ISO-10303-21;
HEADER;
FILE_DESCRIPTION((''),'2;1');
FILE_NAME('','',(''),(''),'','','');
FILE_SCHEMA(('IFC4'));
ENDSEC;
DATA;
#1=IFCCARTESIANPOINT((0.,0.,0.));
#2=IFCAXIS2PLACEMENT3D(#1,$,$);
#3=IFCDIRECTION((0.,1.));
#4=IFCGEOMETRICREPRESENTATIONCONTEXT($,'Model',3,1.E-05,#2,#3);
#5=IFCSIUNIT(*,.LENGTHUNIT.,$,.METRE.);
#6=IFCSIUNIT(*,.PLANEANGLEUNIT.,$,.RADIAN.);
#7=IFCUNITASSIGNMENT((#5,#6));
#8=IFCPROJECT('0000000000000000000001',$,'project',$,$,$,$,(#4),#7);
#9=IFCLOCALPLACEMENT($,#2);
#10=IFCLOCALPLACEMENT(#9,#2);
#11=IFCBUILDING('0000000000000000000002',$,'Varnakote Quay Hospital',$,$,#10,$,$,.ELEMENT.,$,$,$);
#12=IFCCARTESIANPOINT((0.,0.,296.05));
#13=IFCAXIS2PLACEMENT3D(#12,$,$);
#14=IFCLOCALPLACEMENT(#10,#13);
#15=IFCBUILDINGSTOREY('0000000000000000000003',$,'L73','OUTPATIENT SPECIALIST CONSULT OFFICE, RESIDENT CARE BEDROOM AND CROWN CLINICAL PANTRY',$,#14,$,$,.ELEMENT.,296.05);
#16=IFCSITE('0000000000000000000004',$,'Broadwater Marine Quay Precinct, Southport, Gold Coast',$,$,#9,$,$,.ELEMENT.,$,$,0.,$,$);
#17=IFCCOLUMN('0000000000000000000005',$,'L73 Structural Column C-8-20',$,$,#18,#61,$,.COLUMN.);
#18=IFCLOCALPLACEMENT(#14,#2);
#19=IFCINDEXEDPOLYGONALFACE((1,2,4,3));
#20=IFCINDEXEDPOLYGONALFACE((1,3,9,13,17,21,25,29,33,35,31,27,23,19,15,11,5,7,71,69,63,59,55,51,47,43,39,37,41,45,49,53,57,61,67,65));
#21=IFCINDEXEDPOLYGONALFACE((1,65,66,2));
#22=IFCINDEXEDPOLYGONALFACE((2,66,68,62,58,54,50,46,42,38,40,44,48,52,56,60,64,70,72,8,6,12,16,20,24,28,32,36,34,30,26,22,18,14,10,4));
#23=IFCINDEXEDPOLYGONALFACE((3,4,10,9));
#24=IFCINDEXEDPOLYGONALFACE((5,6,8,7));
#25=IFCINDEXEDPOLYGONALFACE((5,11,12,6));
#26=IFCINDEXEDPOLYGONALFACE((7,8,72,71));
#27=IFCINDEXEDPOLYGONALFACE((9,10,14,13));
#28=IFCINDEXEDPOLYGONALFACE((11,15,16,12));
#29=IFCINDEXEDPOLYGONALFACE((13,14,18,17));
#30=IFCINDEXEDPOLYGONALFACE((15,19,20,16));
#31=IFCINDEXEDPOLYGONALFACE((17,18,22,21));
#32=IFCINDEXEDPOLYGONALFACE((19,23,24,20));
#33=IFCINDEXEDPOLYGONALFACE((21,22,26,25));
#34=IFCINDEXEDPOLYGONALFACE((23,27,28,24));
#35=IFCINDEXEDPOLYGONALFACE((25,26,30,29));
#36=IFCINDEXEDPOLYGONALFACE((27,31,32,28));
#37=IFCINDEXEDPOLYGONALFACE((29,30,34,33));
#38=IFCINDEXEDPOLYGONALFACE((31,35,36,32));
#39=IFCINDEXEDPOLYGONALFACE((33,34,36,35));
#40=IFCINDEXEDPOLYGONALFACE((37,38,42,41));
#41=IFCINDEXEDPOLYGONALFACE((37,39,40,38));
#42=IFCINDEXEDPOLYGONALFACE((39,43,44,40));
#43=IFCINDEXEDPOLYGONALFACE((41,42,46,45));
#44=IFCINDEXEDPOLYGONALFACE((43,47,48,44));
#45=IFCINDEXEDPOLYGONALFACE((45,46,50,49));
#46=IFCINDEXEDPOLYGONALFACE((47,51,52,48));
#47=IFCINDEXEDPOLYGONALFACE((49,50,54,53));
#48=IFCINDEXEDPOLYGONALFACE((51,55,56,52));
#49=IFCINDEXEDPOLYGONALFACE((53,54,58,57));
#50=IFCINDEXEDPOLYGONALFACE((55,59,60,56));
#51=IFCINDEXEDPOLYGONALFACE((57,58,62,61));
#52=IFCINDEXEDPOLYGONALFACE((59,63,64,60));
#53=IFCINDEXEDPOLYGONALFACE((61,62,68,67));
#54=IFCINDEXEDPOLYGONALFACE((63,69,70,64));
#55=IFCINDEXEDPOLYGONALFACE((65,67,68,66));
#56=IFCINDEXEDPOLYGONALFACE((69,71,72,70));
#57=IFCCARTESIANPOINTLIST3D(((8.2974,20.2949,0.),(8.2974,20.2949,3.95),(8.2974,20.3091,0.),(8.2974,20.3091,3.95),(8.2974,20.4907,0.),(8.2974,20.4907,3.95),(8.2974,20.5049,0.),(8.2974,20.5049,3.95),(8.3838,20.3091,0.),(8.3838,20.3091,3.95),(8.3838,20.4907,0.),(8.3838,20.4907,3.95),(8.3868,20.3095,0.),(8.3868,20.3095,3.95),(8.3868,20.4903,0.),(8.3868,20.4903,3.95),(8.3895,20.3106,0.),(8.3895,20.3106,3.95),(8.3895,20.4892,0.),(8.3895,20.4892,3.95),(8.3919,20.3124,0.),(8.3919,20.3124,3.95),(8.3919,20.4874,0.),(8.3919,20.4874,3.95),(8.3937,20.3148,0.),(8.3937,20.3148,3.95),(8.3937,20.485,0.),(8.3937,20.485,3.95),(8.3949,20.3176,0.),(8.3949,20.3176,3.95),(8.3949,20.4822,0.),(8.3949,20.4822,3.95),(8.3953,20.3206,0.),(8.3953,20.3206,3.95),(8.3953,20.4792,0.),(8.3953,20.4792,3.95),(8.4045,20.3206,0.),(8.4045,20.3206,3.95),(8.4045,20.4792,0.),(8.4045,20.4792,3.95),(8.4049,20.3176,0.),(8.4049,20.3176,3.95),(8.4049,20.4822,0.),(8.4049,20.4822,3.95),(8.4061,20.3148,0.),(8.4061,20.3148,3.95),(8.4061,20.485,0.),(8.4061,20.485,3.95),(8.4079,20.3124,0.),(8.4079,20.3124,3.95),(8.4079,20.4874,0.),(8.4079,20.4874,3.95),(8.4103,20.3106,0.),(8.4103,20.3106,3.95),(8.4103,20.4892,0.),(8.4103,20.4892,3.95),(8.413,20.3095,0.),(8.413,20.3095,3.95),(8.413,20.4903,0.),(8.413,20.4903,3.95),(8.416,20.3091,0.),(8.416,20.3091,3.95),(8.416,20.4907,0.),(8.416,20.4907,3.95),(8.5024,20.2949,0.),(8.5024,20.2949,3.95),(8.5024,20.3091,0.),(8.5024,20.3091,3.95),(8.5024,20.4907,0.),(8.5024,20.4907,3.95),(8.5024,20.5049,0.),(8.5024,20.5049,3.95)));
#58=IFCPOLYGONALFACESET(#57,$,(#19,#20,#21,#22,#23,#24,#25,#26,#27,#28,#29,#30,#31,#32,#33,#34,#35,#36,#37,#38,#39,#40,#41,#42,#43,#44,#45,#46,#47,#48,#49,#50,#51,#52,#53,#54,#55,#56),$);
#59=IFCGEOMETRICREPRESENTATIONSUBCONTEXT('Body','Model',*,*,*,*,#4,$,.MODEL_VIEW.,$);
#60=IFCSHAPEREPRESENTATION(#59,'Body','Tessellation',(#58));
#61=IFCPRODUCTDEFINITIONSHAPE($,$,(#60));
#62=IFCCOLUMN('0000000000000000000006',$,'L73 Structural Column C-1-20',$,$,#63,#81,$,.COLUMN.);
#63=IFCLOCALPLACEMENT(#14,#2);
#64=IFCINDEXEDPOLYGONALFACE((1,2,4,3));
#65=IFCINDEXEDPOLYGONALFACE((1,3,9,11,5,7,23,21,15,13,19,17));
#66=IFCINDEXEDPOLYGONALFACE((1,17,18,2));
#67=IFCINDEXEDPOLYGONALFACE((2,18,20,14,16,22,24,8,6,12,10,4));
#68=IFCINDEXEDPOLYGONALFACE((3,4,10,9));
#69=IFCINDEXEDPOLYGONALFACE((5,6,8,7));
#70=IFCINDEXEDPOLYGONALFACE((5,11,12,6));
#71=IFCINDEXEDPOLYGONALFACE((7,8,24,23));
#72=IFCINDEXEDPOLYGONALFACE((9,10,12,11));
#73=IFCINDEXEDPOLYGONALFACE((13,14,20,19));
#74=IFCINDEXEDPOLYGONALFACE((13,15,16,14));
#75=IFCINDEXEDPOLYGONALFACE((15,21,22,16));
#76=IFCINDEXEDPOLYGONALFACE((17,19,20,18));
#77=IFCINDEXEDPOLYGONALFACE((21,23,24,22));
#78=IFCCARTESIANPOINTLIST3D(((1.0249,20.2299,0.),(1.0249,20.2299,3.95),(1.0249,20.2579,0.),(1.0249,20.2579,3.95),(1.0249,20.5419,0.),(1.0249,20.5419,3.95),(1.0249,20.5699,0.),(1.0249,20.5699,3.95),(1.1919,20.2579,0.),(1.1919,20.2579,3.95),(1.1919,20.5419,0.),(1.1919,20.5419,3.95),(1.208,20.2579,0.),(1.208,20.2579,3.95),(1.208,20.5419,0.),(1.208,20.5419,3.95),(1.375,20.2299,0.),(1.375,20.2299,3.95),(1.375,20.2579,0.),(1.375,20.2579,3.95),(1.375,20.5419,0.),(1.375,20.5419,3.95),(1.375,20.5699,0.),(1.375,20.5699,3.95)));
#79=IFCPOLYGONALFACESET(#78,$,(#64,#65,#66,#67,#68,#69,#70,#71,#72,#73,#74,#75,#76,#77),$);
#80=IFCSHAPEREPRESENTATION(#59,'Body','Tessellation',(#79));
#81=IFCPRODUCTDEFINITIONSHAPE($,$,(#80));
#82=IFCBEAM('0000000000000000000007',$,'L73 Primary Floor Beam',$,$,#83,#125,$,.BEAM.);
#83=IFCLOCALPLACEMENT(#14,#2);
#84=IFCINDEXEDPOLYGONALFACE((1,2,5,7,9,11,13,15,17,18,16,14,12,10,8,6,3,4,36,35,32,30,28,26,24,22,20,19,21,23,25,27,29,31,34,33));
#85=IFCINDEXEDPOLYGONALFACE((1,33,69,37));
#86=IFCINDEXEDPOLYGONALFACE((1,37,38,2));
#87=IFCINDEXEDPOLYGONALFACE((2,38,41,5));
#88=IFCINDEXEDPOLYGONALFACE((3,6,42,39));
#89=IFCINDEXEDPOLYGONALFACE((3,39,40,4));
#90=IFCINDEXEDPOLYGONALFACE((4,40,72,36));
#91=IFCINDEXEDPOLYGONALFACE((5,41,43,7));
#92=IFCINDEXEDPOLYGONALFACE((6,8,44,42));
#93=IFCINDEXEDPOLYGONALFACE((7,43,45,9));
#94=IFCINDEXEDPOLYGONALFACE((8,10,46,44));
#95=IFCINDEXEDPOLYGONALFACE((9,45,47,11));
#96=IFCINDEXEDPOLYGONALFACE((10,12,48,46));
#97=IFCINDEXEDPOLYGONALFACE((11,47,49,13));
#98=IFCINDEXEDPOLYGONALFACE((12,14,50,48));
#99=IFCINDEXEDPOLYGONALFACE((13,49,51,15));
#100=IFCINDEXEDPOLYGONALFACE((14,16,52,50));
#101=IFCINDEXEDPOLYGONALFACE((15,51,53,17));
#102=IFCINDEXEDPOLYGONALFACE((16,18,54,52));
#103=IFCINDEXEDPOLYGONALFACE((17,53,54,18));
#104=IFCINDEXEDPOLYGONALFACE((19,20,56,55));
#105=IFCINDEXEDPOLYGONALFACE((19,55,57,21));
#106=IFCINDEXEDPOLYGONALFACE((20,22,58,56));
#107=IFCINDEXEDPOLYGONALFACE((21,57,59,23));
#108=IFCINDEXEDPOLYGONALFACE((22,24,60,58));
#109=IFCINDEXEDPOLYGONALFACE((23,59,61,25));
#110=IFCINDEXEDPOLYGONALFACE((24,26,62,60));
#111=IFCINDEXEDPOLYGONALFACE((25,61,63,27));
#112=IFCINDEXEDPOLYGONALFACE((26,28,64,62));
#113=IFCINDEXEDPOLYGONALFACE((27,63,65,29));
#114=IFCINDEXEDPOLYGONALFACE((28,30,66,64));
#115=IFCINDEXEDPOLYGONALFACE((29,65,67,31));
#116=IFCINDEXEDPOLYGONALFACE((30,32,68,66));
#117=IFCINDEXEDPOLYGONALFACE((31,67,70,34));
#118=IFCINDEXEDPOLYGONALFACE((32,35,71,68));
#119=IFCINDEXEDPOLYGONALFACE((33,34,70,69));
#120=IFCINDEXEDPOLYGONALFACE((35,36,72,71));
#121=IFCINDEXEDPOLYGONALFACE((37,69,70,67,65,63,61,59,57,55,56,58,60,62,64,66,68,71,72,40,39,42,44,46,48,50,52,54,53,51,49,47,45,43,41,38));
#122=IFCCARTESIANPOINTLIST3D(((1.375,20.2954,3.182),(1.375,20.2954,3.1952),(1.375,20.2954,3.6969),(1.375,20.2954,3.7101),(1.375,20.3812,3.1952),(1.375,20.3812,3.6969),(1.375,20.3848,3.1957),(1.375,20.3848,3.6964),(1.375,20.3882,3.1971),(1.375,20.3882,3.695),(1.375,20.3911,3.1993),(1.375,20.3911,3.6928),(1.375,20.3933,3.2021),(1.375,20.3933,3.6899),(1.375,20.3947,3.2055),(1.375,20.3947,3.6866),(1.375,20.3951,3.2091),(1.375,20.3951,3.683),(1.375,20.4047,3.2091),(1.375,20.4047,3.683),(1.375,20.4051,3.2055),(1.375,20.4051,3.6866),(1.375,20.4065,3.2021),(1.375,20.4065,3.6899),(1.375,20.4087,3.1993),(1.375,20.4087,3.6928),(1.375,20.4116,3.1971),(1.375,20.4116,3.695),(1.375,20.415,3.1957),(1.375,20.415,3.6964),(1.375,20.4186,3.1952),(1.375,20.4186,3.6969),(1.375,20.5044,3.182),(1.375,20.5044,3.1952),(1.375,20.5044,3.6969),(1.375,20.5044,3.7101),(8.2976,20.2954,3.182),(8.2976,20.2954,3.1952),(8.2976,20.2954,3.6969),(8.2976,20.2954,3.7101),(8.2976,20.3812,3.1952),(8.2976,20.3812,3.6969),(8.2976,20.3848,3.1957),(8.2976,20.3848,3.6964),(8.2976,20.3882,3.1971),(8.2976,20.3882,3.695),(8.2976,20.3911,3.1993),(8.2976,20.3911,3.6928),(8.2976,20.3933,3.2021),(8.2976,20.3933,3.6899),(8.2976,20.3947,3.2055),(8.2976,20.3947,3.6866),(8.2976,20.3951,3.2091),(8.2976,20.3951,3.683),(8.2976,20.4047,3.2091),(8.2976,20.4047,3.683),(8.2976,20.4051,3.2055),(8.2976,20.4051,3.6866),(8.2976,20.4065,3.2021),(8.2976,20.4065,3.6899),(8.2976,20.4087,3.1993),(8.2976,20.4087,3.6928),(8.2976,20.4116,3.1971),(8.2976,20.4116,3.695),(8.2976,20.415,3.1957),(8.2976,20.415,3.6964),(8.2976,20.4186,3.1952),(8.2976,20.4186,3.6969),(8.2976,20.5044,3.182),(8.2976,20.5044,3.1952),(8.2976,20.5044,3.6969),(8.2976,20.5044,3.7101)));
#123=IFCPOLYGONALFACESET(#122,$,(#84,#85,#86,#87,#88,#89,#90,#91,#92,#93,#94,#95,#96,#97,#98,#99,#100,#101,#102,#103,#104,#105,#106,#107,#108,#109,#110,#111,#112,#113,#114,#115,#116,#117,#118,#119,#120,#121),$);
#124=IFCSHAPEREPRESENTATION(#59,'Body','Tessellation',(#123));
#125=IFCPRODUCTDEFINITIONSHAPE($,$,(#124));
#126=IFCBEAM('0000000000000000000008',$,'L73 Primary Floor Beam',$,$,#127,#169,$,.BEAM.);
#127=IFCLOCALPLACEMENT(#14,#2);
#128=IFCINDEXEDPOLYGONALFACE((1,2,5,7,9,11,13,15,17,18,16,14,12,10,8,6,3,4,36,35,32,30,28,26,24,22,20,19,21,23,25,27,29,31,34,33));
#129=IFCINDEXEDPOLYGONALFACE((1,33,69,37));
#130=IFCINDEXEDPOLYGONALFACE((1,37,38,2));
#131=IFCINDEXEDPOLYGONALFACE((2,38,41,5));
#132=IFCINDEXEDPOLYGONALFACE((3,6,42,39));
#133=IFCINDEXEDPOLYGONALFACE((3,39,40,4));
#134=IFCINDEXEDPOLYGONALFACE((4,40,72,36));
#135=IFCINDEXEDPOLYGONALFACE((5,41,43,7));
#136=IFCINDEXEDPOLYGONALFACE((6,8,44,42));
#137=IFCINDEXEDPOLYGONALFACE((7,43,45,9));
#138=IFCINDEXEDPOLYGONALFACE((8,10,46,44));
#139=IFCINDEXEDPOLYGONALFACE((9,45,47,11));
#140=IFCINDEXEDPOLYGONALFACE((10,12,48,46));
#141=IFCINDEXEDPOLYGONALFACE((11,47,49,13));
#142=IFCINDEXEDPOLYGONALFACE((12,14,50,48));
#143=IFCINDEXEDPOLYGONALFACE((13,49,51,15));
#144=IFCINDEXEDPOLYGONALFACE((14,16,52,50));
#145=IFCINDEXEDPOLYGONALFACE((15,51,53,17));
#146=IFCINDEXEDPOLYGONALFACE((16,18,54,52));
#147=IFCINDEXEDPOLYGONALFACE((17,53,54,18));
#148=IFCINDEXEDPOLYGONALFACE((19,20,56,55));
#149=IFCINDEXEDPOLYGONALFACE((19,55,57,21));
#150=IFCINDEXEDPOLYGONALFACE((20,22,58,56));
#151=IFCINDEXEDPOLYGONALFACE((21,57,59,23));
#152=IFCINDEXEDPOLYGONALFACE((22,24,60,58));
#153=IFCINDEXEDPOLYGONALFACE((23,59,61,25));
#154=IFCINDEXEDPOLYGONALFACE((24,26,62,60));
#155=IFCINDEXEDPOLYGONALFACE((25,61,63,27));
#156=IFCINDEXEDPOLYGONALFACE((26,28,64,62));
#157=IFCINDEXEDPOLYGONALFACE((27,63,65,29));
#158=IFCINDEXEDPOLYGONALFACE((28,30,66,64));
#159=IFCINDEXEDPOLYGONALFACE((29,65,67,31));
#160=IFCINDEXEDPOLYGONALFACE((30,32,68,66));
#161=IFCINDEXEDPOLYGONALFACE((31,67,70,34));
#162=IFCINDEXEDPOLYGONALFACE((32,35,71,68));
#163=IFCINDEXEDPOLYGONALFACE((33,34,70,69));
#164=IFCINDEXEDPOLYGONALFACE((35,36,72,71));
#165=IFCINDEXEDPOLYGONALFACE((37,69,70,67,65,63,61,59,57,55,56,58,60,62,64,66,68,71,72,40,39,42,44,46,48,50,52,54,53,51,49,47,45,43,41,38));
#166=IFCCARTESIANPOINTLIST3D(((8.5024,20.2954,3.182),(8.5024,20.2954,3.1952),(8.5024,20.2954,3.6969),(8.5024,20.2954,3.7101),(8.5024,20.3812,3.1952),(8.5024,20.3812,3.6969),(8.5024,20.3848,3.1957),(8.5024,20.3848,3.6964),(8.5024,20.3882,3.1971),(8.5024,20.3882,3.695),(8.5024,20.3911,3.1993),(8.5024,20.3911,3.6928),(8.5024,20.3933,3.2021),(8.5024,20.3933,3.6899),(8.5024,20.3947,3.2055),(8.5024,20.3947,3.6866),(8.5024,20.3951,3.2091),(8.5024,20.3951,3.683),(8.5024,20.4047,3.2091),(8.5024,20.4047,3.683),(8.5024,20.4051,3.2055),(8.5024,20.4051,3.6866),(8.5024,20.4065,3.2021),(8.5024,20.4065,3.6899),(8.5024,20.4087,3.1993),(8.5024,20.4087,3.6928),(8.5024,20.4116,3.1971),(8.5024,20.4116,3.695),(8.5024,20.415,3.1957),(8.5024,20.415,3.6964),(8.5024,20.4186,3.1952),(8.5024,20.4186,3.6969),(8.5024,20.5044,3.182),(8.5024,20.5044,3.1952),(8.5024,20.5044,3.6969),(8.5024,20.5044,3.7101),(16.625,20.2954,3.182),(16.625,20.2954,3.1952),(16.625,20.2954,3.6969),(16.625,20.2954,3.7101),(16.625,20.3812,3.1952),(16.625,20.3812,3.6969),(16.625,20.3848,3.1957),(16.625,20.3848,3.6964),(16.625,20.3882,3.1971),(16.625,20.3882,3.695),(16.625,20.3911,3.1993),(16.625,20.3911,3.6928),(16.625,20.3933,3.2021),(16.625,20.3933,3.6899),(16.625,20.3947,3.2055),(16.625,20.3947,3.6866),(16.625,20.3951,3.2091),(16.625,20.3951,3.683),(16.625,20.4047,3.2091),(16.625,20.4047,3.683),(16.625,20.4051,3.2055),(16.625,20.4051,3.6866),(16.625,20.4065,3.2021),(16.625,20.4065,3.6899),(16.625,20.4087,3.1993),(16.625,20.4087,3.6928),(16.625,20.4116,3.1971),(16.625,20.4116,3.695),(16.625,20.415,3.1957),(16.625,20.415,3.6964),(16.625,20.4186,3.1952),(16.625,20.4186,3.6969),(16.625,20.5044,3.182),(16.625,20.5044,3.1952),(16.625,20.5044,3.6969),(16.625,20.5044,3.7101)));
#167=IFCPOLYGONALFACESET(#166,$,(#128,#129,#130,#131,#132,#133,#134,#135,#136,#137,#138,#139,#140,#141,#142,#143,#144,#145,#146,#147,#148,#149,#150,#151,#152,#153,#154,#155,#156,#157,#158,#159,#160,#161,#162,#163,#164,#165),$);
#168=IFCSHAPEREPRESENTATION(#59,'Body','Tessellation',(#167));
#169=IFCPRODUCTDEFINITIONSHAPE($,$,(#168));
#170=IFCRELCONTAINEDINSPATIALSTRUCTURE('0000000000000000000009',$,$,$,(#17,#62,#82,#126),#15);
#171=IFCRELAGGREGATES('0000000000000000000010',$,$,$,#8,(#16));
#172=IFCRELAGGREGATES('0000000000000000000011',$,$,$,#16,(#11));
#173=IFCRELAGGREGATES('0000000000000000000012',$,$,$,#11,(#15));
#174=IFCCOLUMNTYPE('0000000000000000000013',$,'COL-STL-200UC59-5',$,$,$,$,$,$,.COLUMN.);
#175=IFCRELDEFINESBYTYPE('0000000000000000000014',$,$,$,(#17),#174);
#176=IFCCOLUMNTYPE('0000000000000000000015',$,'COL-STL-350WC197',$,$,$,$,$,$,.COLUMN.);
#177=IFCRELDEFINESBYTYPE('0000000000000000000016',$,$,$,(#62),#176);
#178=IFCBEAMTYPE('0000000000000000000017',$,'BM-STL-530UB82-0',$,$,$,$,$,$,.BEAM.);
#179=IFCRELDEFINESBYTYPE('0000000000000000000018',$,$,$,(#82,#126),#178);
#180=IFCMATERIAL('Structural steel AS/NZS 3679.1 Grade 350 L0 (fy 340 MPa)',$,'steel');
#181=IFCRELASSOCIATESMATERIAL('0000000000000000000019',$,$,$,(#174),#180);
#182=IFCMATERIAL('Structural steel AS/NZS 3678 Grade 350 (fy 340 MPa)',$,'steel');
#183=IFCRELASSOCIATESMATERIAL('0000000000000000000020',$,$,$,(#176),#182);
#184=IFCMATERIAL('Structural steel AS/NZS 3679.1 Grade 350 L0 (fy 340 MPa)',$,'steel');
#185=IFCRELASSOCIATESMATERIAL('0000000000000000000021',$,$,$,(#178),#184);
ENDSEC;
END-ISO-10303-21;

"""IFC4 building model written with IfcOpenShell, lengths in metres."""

from ifc_helpers import new_model, si_unit, direction, frame, origin, origin_2d, place, context, subcontext, project, spatial, i_section, extrude, material, material_profile, profile_set, type_object, element, save


model = new_model("IFC4")

# Units and contexts
model_context = context("Model", 3, precision=1e-05, world=origin(), true_north=direction((0.0, 1.0)))
body_context = subcontext(model_context, "Body", "Model", "MODEL_VIEW")
ifc_project = project(units=[si_unit("LENGTHUNIT", "METRE"), si_unit("PLANEANGLEUNIT", "RADIAN")], contexts=[model_context])

# Site, building, storey
site_placement = place(None, origin())
site = spatial("IfcSite", under=ifc_project, at=site_placement, Name="Broadwater Marine Quay Precinct, Southport, Gold Coast", CompositionType="ELEMENT", RefElevation=0.0)
building_placement = place(site_placement, origin())
building = spatial("IfcBuilding", under=site, at=building_placement, Name="Varnakote Quay Hospital", CompositionType="ELEMENT")
storey_placement = place(building_placement, frame((0.0, 0.0, 296.05)))
storey = spatial("IfcBuildingStorey", under=building, at=storey_placement, Name="L73", Description="OUTPATIENT SPECIALIST CONSULT OFFICE, RESIDENT CARE BEDROOM AND CROWN CLINICAL PANTRY", CompositionType="ELEMENT", Elevation=296.05)

# Columns
ifc_material_1 = material(Name="Structural steel AS/NZS 3679.1 Grade 350 L0 (fy 340 MPa)", Category="steel")
ifc_material_profile_1 = material_profile(ifc_material_1, i_section(OverallWidth=0.2051, OverallDepth=0.21, WebThickness=0.0093, FlangeThickness=0.0142, FilletRadius=0.0115, at=origin_2d()), Name="200UC59.5")
ifc_profile_set_1 = profile_set([ifc_material_profile_1], Name="Structural steel AS/NZS 3679.1 Grade 350 L0 (fy 340 MPa)")
column_type_1 = type_object("IfcColumnType", Name="COL-STL-200UC59-5", PredefinedType="COLUMN", material=ifc_profile_set_1)
column_1_placement = place(storey_placement, frame((8.3999, 20.3999, 0.0), z_axis=(0.0, 0.0, 1.0), x_axis=(1.0, 0.0, 0.0)))
element("IfcColumn", 1, at=column_1_placement, inside=storey, type_object=column_type_1, Name="L73 Structural Column C-8-20", PredefinedType="COLUMN", context=body_context, shape_type="SweptSolid", body=[
    extrude(i_section(OverallWidth=0.2051, OverallDepth=0.21, WebThickness=0.0093, FlangeThickness=0.0142, FilletRadius=0.0115, at=origin_2d()), origin(), (0.0, 0.0, 1.0), 3.95),
])
ifc_material_2 = material(Name="Structural steel AS/NZS 3678 Grade 350 (fy 340 MPa)", Category="steel")
ifc_material_profile_2 = material_profile(ifc_material_2, i_section(OverallWidth=0.3501, OverallDepth=0.3401, WebThickness=0.0161, FlangeThickness=0.0281, at=origin_2d()), Name="350WC197")
ifc_profile_set_2 = profile_set([ifc_material_profile_2], Name="Structural steel AS/NZS 3678 Grade 350 (fy 340 MPa)")
column_type_2 = type_object("IfcColumnType", Name="COL-STL-350WC197", PredefinedType="COLUMN", material=ifc_profile_set_2)
column_2_placement = place(storey_placement, frame((1.2, 20.3999, 0.0), z_axis=(0.0, 0.0, 1.0), x_axis=(1.0, 0.0, 0.0)))
element("IfcColumn", 2, at=column_2_placement, inside=storey, type_object=column_type_2, Name="L73 Structural Column C-1-20", PredefinedType="COLUMN", context=body_context, shape_type="SweptSolid", body=[
    extrude(i_section(OverallWidth=0.3501, OverallDepth=0.3401, WebThickness=0.0161, FlangeThickness=0.0281, at=origin_2d()), origin(), (0.0, 0.0, 1.0), 3.95),
])

# Beams
ifc_material_3 = material(Name="Structural steel AS/NZS 3679.1 Grade 350 L0 (fy 340 MPa)", Category="steel")
ifc_material_profile_3 = material_profile(ifc_material_3, i_section(OverallWidth=0.209, OverallDepth=0.5281, WebThickness=0.0095, FlangeThickness=0.0132, FilletRadius=0.0139, at=origin_2d()), Name="530UB82.0")
ifc_profile_set_3 = profile_set([ifc_material_profile_3], Name="Structural steel AS/NZS 3679.1 Grade 350 L0 (fy 340 MPa)")
beam_type_1 = type_object("IfcBeamType", Name="BM-STL-530UB82-0", PredefinedType="BEAM", material=ifc_profile_set_3)
beam_1_placement = place(storey_placement, frame((1.375, 20.3999, 3.446), z_axis=(1.0, 0.0, 0.0), x_axis=(0.0, 1.0, 0.0)))
element("IfcBeam", 3, at=beam_1_placement, inside=storey, type_object=beam_type_1, Name="L73 Primary Floor Beam", PredefinedType="BEAM", context=body_context, shape_type="SweptSolid", body=[
    extrude(i_section(OverallWidth=0.209, OverallDepth=0.5281, WebThickness=0.0095, FlangeThickness=0.0132, FilletRadius=0.0139, at=origin_2d()), origin(), (0.0, 0.0, 1.0), 6.9226),
])
beam_2_placement = place(storey_placement, frame((8.5024, 20.3999, 3.446), z_axis=(1.0, 0.0, 0.0), x_axis=(0.0, 1.0, 0.0)))
element("IfcBeam", 4, at=beam_2_placement, inside=storey, type_object=beam_type_1, Name="L73 Primary Floor Beam", PredefinedType="BEAM", context=body_context, shape_type="SweptSolid", body=[
    extrude(i_section(OverallWidth=0.209, OverallDepth=0.5281, WebThickness=0.0095, FlangeThickness=0.0132, FilletRadius=0.0139, at=origin_2d()), origin(), (0.0, 0.0, 1.0), 8.1226),
])

save(model, "model.ifc")
